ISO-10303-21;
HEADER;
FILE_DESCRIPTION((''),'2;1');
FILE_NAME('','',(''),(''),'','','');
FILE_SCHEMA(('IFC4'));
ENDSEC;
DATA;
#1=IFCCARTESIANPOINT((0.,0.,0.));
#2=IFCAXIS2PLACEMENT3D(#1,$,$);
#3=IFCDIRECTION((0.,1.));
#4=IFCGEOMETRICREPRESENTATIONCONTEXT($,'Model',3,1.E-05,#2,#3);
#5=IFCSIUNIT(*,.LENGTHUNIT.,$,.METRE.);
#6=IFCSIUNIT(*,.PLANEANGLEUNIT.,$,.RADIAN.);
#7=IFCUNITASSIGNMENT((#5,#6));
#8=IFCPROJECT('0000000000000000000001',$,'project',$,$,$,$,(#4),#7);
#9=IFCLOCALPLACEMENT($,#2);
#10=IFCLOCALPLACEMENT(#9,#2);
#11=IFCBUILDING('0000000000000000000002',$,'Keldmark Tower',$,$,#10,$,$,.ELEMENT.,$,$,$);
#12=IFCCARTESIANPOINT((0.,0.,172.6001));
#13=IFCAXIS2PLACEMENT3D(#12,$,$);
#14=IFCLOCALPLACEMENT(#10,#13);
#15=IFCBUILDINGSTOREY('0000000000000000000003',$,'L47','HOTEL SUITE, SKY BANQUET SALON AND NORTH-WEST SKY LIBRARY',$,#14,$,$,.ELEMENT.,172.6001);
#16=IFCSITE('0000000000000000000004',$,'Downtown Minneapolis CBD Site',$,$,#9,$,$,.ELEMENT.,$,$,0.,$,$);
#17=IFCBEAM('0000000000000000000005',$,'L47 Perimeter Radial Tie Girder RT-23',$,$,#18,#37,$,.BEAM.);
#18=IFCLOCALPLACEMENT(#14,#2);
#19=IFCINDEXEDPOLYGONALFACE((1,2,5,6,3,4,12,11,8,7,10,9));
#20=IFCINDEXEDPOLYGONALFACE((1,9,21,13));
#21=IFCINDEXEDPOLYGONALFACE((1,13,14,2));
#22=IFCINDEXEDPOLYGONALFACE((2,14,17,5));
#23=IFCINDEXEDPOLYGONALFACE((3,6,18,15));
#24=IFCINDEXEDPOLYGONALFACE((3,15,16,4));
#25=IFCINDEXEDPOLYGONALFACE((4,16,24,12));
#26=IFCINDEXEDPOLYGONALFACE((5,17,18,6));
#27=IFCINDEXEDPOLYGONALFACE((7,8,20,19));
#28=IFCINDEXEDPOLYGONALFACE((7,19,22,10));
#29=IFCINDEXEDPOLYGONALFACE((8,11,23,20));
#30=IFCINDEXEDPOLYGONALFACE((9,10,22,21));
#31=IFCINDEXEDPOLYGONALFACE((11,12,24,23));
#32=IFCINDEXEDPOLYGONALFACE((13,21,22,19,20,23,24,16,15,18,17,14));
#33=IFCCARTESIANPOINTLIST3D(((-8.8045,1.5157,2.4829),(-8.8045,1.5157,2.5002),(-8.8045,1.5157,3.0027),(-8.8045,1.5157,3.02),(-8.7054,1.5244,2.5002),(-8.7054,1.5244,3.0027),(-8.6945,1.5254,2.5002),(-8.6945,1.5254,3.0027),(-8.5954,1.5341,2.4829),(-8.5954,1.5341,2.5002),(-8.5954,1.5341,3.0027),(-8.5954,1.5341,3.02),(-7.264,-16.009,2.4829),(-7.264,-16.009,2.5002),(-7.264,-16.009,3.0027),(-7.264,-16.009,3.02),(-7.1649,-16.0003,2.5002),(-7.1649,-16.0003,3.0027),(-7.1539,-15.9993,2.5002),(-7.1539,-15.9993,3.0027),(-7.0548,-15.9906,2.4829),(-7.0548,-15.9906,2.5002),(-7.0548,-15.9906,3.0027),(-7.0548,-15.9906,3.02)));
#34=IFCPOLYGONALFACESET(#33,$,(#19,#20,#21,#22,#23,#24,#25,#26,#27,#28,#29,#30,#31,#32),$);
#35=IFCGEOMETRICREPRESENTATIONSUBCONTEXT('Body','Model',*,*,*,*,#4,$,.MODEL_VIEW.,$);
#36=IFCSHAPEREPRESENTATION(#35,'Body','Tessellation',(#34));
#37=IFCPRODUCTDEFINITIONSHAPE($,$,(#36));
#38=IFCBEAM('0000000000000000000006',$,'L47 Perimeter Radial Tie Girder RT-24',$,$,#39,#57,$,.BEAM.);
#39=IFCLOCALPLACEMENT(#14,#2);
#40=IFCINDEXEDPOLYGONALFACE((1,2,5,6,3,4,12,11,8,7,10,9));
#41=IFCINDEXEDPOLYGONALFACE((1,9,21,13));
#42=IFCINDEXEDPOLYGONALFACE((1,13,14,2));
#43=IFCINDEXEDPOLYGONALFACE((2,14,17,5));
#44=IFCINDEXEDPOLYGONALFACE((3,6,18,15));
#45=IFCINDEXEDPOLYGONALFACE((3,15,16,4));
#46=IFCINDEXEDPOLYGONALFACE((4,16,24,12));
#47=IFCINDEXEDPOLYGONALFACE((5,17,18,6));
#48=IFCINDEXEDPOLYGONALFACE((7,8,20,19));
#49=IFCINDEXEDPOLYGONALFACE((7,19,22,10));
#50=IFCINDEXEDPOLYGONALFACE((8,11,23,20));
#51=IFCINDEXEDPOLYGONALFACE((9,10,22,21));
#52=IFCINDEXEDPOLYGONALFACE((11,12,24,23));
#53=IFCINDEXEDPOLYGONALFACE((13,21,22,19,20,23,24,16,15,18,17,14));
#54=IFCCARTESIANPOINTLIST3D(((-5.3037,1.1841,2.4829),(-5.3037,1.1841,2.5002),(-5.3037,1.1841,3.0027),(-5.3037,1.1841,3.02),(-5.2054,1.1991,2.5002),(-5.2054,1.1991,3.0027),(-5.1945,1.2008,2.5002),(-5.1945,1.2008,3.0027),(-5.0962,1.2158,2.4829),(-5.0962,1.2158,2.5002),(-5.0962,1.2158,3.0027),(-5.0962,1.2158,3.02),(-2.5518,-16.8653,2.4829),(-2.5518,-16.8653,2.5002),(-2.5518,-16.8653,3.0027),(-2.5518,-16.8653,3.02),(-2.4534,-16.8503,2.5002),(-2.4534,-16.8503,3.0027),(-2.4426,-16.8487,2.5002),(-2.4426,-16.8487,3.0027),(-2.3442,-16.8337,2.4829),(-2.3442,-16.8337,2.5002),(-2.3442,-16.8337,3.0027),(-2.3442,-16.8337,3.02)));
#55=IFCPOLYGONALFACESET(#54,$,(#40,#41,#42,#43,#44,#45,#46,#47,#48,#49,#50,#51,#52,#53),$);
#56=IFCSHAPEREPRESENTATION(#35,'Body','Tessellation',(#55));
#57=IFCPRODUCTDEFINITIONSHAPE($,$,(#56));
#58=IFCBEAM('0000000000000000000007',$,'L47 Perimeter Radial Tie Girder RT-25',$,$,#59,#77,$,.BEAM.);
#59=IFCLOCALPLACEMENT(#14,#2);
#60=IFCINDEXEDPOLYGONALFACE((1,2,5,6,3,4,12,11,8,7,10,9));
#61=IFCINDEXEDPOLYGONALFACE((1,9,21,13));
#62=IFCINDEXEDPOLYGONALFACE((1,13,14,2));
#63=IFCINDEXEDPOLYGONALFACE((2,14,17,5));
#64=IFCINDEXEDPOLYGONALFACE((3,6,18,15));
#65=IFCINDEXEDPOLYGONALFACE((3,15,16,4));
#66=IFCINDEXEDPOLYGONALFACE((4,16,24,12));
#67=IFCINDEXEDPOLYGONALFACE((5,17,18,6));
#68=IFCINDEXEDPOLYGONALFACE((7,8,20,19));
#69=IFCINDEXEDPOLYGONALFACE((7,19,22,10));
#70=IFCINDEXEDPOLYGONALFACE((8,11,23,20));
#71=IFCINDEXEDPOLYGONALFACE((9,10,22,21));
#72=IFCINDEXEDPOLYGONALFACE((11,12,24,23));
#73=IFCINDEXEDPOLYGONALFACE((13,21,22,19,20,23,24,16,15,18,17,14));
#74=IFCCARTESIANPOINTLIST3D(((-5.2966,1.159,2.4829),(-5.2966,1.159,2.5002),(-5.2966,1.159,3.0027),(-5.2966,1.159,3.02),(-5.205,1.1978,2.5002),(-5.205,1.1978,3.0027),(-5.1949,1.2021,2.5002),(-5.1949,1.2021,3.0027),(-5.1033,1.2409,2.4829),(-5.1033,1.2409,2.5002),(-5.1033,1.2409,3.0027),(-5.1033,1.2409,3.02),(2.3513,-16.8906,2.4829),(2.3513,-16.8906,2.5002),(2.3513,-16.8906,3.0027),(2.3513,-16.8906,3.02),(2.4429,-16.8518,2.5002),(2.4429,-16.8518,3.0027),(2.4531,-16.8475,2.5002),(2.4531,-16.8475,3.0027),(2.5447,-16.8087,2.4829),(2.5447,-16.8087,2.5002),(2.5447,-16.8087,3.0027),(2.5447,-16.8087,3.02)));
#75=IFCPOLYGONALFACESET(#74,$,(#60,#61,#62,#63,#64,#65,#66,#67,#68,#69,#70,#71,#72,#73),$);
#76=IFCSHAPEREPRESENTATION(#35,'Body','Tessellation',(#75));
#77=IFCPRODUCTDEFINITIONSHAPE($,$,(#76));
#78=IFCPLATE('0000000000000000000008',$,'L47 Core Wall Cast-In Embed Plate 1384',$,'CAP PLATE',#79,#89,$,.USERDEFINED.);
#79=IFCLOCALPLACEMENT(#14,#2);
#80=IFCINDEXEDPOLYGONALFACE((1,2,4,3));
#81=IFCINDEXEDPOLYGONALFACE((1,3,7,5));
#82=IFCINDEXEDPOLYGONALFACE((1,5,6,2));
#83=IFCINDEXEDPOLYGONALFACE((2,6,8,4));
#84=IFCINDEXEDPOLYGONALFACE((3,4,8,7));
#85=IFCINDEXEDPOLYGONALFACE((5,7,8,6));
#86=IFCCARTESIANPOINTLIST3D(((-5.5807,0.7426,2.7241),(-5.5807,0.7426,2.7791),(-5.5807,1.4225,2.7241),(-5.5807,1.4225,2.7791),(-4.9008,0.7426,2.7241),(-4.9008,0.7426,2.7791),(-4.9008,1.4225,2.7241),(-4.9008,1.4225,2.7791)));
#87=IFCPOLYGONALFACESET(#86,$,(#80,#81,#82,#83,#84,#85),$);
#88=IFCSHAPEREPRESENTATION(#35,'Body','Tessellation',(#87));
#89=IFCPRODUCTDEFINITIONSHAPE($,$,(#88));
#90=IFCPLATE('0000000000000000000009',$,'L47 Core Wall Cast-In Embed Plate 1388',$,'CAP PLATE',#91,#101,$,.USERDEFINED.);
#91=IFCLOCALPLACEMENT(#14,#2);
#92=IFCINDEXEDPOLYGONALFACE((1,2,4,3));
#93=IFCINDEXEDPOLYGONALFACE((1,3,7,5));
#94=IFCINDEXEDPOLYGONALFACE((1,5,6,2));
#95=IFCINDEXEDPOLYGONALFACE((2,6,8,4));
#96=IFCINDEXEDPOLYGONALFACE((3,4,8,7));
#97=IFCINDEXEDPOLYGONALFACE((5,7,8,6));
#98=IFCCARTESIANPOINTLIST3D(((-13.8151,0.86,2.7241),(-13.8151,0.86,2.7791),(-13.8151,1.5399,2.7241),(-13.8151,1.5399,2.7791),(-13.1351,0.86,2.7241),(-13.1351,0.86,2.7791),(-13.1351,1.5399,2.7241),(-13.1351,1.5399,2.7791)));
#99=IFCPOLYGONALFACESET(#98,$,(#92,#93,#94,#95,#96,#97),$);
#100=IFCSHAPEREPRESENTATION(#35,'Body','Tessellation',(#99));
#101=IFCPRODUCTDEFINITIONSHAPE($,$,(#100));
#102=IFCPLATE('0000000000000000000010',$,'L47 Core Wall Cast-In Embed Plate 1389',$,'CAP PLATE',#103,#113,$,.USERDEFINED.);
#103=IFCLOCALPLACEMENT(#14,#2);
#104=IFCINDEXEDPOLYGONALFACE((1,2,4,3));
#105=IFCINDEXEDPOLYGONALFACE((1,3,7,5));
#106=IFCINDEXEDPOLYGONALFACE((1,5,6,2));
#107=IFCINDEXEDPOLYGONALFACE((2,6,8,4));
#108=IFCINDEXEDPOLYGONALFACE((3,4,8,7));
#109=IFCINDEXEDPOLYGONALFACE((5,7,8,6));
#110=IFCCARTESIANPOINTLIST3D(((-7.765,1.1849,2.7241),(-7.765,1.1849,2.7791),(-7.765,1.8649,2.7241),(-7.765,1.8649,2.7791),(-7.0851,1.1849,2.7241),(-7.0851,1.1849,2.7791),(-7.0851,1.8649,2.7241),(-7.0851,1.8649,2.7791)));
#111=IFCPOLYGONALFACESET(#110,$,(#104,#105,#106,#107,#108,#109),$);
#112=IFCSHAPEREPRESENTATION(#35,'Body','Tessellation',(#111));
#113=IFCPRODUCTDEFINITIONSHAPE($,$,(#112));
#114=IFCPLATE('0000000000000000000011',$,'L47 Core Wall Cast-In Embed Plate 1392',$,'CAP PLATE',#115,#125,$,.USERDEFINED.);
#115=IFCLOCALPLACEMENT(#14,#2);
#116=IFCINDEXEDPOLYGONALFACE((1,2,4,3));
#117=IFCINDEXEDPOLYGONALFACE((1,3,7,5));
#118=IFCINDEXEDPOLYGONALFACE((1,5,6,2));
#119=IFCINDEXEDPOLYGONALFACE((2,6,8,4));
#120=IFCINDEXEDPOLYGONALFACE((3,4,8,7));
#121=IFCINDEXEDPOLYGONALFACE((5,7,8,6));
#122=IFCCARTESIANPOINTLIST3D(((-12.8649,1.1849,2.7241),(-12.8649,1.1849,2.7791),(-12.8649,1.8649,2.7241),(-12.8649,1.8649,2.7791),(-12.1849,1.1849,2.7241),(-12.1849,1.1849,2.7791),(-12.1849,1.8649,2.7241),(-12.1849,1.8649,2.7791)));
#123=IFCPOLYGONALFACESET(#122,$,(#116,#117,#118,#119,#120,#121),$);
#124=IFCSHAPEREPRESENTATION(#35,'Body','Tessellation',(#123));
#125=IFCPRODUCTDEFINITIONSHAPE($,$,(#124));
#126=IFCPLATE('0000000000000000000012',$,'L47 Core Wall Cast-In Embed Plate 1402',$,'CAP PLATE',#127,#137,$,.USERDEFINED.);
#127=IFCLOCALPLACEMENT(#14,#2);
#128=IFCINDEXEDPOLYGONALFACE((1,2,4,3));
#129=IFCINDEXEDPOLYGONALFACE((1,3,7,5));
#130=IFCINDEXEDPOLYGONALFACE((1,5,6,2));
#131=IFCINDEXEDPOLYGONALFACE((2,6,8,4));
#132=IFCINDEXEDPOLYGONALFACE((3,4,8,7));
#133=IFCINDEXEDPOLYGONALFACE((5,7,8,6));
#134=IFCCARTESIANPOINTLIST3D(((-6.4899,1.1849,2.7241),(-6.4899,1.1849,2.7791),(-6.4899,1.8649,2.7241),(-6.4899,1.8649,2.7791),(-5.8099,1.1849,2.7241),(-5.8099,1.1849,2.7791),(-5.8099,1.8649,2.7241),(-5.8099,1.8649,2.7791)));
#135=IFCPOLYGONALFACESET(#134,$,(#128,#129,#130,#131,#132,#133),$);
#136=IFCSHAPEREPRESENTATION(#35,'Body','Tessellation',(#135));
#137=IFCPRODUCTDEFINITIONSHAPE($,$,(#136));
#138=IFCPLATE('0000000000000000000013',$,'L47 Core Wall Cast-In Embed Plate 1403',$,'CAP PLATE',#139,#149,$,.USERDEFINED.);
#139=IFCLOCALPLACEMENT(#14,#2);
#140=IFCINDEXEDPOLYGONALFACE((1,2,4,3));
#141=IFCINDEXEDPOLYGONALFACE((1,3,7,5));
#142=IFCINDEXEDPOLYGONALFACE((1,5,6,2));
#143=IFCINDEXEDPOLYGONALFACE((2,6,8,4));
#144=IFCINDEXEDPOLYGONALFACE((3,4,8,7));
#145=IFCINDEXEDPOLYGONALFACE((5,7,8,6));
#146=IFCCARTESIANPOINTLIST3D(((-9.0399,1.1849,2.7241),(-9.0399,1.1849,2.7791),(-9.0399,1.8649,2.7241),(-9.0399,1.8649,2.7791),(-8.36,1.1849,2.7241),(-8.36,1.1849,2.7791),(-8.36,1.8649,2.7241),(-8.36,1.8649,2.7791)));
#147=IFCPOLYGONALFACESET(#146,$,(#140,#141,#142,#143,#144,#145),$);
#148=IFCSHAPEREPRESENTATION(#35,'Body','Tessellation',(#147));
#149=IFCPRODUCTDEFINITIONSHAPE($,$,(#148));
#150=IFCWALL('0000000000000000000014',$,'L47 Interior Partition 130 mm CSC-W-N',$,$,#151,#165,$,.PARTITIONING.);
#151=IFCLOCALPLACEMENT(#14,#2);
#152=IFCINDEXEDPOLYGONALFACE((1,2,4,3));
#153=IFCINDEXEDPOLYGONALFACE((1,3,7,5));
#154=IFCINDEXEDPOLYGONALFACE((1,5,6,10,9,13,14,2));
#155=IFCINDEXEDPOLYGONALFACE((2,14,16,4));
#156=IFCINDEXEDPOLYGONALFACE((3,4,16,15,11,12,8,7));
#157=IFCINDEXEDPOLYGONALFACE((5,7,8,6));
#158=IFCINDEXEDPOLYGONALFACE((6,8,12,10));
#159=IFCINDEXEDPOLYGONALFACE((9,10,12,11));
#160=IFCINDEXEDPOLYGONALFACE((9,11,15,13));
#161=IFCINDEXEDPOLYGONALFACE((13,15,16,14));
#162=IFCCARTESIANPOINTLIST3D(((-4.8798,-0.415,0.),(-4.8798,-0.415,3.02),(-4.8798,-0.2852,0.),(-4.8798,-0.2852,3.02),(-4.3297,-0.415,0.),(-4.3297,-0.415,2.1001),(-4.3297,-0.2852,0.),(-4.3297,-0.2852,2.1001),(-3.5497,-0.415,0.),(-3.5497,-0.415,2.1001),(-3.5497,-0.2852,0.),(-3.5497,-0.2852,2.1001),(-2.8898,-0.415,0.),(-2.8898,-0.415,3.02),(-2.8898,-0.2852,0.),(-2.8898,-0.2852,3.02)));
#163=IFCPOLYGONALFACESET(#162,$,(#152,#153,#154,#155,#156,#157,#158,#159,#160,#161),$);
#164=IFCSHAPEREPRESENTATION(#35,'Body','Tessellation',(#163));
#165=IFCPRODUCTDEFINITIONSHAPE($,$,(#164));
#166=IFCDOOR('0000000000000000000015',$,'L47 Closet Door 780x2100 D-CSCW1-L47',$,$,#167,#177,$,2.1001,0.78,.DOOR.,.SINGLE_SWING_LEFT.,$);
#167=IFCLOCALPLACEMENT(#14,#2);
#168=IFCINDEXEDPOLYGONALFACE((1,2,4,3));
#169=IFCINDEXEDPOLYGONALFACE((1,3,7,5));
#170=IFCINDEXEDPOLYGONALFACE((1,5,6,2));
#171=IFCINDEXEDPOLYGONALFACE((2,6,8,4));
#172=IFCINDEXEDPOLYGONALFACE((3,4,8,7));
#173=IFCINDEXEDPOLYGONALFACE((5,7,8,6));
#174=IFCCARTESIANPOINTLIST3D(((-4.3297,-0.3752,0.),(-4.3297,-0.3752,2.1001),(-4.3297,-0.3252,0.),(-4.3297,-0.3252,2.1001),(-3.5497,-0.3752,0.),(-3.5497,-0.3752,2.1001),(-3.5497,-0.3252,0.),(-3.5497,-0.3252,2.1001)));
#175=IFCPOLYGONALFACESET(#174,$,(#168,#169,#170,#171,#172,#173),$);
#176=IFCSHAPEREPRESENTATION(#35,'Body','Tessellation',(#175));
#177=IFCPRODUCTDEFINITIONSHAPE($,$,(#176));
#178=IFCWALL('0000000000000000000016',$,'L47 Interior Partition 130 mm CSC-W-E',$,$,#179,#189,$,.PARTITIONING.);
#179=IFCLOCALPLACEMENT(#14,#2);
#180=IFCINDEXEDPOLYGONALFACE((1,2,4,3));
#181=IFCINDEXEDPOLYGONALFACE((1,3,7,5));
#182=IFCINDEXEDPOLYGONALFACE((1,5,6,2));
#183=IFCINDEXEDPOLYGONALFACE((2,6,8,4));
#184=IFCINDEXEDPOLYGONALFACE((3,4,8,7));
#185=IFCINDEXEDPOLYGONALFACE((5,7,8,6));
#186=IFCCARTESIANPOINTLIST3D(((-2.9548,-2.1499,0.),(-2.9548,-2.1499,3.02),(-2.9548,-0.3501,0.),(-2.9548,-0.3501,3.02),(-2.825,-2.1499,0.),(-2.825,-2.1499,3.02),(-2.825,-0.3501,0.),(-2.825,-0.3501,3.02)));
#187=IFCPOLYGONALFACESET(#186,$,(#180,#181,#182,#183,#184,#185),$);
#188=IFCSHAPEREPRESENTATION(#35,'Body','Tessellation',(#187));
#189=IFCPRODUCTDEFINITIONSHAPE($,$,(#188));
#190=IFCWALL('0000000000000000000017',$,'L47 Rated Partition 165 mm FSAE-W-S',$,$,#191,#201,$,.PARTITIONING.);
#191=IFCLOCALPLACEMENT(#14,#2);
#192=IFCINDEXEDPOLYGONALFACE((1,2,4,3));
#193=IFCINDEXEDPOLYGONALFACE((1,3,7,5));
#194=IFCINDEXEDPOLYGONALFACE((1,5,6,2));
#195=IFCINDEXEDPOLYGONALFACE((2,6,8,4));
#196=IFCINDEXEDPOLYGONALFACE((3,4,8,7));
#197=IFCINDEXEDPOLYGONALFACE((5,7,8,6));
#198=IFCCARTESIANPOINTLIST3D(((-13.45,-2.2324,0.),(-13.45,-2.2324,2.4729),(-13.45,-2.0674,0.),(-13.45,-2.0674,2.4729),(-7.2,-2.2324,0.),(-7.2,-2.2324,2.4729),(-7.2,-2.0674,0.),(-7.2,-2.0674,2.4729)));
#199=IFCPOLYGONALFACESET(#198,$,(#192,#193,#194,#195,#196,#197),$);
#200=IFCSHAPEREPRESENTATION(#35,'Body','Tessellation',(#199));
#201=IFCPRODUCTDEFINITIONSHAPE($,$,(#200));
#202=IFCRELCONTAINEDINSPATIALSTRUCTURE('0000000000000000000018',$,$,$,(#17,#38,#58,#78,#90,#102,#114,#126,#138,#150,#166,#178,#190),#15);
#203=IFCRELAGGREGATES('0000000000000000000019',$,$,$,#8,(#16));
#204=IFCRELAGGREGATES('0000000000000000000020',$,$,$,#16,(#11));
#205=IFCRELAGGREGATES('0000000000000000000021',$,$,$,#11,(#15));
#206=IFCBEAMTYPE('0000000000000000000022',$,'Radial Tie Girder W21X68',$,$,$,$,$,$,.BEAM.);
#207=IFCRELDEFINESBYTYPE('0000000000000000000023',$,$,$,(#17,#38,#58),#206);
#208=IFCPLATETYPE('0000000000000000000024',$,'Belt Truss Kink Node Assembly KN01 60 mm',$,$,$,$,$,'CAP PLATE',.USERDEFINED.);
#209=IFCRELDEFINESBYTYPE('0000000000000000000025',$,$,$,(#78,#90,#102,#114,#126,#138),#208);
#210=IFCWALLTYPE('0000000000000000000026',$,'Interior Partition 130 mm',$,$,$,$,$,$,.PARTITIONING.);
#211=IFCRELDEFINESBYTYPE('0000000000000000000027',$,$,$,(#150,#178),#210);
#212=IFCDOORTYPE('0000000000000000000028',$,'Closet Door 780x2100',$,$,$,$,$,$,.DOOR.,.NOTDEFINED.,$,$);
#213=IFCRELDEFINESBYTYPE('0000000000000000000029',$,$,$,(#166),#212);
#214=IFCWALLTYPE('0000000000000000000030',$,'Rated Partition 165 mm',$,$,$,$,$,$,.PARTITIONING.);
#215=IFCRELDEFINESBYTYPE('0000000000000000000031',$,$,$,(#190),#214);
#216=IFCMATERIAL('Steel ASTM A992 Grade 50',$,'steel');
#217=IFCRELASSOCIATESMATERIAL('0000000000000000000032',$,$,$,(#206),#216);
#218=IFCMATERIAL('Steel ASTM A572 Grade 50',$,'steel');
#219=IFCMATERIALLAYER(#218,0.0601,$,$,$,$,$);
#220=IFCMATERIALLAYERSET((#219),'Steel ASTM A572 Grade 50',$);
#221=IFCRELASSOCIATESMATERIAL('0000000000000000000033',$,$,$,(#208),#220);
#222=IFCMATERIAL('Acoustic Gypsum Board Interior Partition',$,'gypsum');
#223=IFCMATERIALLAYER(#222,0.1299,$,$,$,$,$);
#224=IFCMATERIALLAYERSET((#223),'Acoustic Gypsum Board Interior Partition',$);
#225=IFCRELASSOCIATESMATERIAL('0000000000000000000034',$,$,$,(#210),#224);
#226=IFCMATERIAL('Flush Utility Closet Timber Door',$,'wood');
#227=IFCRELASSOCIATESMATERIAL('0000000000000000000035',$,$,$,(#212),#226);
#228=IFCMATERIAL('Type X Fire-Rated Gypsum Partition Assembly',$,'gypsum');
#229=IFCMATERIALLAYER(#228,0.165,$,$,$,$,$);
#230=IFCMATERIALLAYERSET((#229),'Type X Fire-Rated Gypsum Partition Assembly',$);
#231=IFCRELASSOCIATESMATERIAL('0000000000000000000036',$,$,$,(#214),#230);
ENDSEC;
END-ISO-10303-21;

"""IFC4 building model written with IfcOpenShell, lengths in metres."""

from ifc_helpers import new_model, si_unit, direction, frame, frame_2d, origin, origin_2d, place, context, subcontext, project, spatial, rectangle, i_section, extrude, material, layer, layer_set, material_profile, profile_set, type_object, element, fill, save


model = new_model("IFC4")

# Units and contexts
model_context = context("Model", 3, precision=1e-05, world=origin(), true_north=direction((0.0, 1.0)))
body_context = subcontext(model_context, "Body", "Model", "MODEL_VIEW")
ifc_project = project(units=[si_unit("LENGTHUNIT", "METRE"), si_unit("PLANEANGLEUNIT", "RADIAN")], contexts=[model_context])

# Site, building, storey
site_placement = place(None, origin())
site = spatial("IfcSite", under=ifc_project, at=site_placement, Name="Downtown Minneapolis CBD Site", CompositionType="ELEMENT", RefElevation=0.0)
building_placement = place(site_placement, origin())
building = spatial("IfcBuilding", under=site, at=building_placement, Name="Keldmark Tower", CompositionType="ELEMENT")
storey_placement = place(building_placement, frame((0.0, 0.0, 172.6001)))
storey = spatial("IfcBuildingStorey", under=building, at=storey_placement, Name="L47", Description="HOTEL SUITE, SKY BANQUET SALON AND NORTH-WEST SKY LIBRARY", CompositionType="ELEMENT", Elevation=172.6001)

# Beams
ifc_material_1 = material(Name="Steel ASTM A992 Grade 50", Category="steel")
ifc_material_profile_1 = material_profile(ifc_material_1, i_section(OverallWidth=0.21, OverallDepth=0.5371, WebThickness=0.011, FlangeThickness=0.0173, at=origin_2d()), Name="W21X68")
ifc_profile_set_1 = profile_set([ifc_material_profile_1], Name="Steel ASTM A992 Grade 50")
beam_type = type_object("IfcBeamType", Name="Radial Tie Girder W21X68", PredefinedType="BEAM", material=ifc_profile_set_1)
beam_1_placement = place(storey_placement, frame((-8.7, 1.5249, 2.7515), z_axis=(0.087569, -0.996158, 0.0), x_axis=(0.996158, 0.087569, 0.0)))
element("IfcBeam", 1, at=beam_1_placement, inside=storey, type_object=beam_type, Name="L47 Perimeter Radial Tie Girder RT-23", PredefinedType="BEAM", context=body_context, shape_type="SweptSolid", body=[
    extrude(i_section(OverallWidth=0.21, OverallDepth=0.5371, WebThickness=0.011, FlangeThickness=0.0173, at=origin_2d()), origin(), (0.0, 0.0, 1.0), 17.5923),
])
beam_2_placement = place(storey_placement, frame((-5.2, 1.2, 2.7515), z_axis=(0.150725, -0.988576, 0.0), x_axis=(0.988576, 0.150725, 0.0)))
element("IfcBeam", 2, at=beam_2_placement, inside=storey, type_object=beam_type, Name="L47 Perimeter Radial Tie Girder RT-24", PredefinedType="BEAM", context=body_context, shape_type="SweptSolid", body=[
    extrude(i_section(OverallWidth=0.21, OverallDepth=0.5371, WebThickness=0.011, FlangeThickness=0.0173, at=origin_2d()), origin(), (0.0, 0.0, 1.0), 18.2581),
])
beam_3_placement = place(storey_placement, frame((-5.2, 1.2, 2.7515), z_axis=(0.390142, -0.920755, 0.0), x_axis=(0.920755, 0.390142, 0.0)))
element("IfcBeam", 3, at=beam_3_placement, inside=storey, type_object=beam_type, Name="L47 Perimeter Radial Tie Girder RT-25", PredefinedType="BEAM", context=body_context, shape_type="SweptSolid", body=[
    extrude(i_section(OverallWidth=0.21, OverallDepth=0.5371, WebThickness=0.011, FlangeThickness=0.0173, at=origin_2d()), origin(), (0.0, 0.0, 1.0), 19.603),
])

# Plates
ifc_material_2 = material(Name="Steel ASTM A572 Grade 50", Category="steel")
ifc_layer_1 = layer(ifc_material_2, 0.0601)
ifc_layer_set_1 = layer_set([ifc_layer_1], Name="Steel ASTM A572 Grade 50")
plate_type = type_object("IfcPlateType", Name="Belt Truss Kink Node Assembly KN01 60 mm", ElementType="CAP PLATE", PredefinedType="USERDEFINED", material=ifc_layer_set_1)
for number, where, z_axis, x_axis, name in (
    (4, (-5.2407, 1.0825, 2.7241), (0.0, 0.0, 1.0), (1.0, 0.0, 0.0), "L47 Core Wall Cast-In Embed Plate 1384"),
    (5, (-13.4751, 1.2, 2.7241), (0.0, 0.0, 1.0), (1.0, 0.0, 0.0), "L47 Core Wall Cast-In Embed Plate 1388"),
    (6, (-7.425, 1.5249, 2.7241), (0.0, 0.0, 1.0), (1.0, 0.0, 0.0), "L47 Core Wall Cast-In Embed Plate 1389"),
    (7, (-12.5249, 1.5249, 2.7241), (0.0, 0.0, 1.0), (1.0, 0.0, 0.0), "L47 Core Wall Cast-In Embed Plate 1392"),
    (8, (-6.1499, 1.5249, 2.7241), (0.0, 0.0, 1.0), (1.0, 0.0, 0.0), "L47 Core Wall Cast-In Embed Plate 1402"),
    (9, (-8.7, 1.5249, 2.7241), (0.0, 0.0, 1.0), (1.0, 0.0, 0.0), "L47 Core Wall Cast-In Embed Plate 1403"),
):
    element("IfcPlate", number, at=place(storey_placement, frame(where, z_axis=z_axis, x_axis=x_axis)), inside=storey, type_object=plate_type, Name=name, ObjectType="CAP PLATE", PredefinedType="USERDEFINED", context=body_context, shape_type="SweptSolid", body=[
        extrude(rectangle(XDim=0.6799, YDim=0.6799, at=origin_2d()), origin(), (0.0, 0.0, 1.0), 0.0549),
    ])

# Wall, opening, door
ifc_material_3 = material(Name="Acoustic Gypsum Board Interior Partition", Category="gypsum")
ifc_layer_2 = layer(ifc_material_3, 0.1299)
ifc_layer_set_2 = layer_set([ifc_layer_2], Name="Acoustic Gypsum Board Interior Partition")
wall_type_1 = type_object("IfcWallType", Name="Interior Partition 130 mm", PredefinedType="PARTITIONING", material=ifc_layer_set_2)
wall_1_placement = place(storey_placement, frame((-4.8799, -0.3501, 0.0), z_axis=(0.0, 0.0, 1.0), x_axis=(1.0, 0.0, 0.0)))
wall_1 = element("IfcWall", 10, at=wall_1_placement, inside=storey, type_object=wall_type_1, Name="L47 Interior Partition 130 mm CSC-W-N", PredefinedType="PARTITIONING", context=body_context, shape_type="SweptSolid", body=[
    extrude(rectangle(XDim=1.99, YDim=0.1299, at=frame_2d((0.9951, 0.0))), origin(), (0.0, 0.0, 1.0), 3.02),
])
opening_1_placement = place(wall_1_placement, frame((0.55, 0.0, 0.0)))
opening_1 = element("IfcOpeningElement", 11, at=opening_1_placement, cuts=wall_1, PredefinedType="OPENING", context=body_context, shape_type="SweptSolid", body=[
    extrude(rectangle(XDim=0.78, YDim=2.1001, at=frame_2d((0.3901, 1.05))), frame((0.0, 0.075, 0.0), z_axis=(0.0, -1.0, 0.0), x_axis=(1.0, 0.0, 0.0)), (0.0, 0.0, 1.0), 0.1499),
])
ifc_material_4 = material(Name="Flush Utility Closet Timber Door", Category="wood")
door_type_1 = type_object("IfcDoorType", Name="Closet Door 780x2100", OperationType="NOTDEFINED", PredefinedType="DOOR", material=ifc_material_4)
door_1_placement = place(opening_1_placement, origin())
door_1 = element("IfcDoor", 12, at=door_1_placement, inside=storey, type_object=door_type_1, Name="L47 Closet Door 780x2100 D-CSCW1-L47", OperationType="SINGLE_SWING_LEFT", OverallHeight=2.1001, OverallWidth=0.78, PredefinedType="DOOR", context=body_context, shape_type="SweptSolid", body=[
    extrude(rectangle(XDim=0.78, YDim=2.1001, at=frame_2d((0.3901, 1.05))), frame((0.0, 0.0249, 0.0), z_axis=(0.0, -1.0, 0.0), x_axis=(1.0, 0.0, 0.0)), (0.0, 0.0, 1.0), 0.05),
])
fill(opening_1, door_1)

# Walls
wall_2_placement = place(storey_placement, frame((-2.8899, -2.1499, 0.0), z_axis=(0.0, 0.0, 1.0), x_axis=(0.0, 1.0, 0.0)))
element("IfcWall", 13, at=wall_2_placement, inside=storey, type_object=wall_type_1, Name="L47 Interior Partition 130 mm CSC-W-E", PredefinedType="PARTITIONING", context=body_context, shape_type="SweptSolid", body=[
    extrude(rectangle(XDim=1.7998, YDim=0.1299, at=frame_2d((0.8999, 0.0))), origin(), (0.0, 0.0, 1.0), 3.02),
])
ifc_material_5 = material(Name="Type X Fire-Rated Gypsum Partition Assembly", Category="gypsum")
ifc_layer_3 = layer(ifc_material_5, 0.165)
ifc_layer_set_3 = layer_set([ifc_layer_3], Name="Type X Fire-Rated Gypsum Partition Assembly")
wall_type_2 = type_object("IfcWallType", Name="Rated Partition 165 mm", PredefinedType="PARTITIONING", material=ifc_layer_set_3)
wall_3_placement = place(storey_placement, frame((-13.45, -2.1499, 0.0), z_axis=(0.0, 0.0, 1.0), x_axis=(1.0, 0.0, 0.0)))
element("IfcWall", 14, at=wall_3_placement, inside=storey, type_object=wall_type_2, Name="L47 Rated Partition 165 mm FSAE-W-S", PredefinedType="PARTITIONING", context=body_context, shape_type="SweptSolid", body=[
    extrude(rectangle(XDim=6.25, YDim=0.165, at=frame_2d((3.125, 0.0))), origin(), (0.0, 0.0, 1.0), 2.4729),
])

save(model, "model.ifc")
